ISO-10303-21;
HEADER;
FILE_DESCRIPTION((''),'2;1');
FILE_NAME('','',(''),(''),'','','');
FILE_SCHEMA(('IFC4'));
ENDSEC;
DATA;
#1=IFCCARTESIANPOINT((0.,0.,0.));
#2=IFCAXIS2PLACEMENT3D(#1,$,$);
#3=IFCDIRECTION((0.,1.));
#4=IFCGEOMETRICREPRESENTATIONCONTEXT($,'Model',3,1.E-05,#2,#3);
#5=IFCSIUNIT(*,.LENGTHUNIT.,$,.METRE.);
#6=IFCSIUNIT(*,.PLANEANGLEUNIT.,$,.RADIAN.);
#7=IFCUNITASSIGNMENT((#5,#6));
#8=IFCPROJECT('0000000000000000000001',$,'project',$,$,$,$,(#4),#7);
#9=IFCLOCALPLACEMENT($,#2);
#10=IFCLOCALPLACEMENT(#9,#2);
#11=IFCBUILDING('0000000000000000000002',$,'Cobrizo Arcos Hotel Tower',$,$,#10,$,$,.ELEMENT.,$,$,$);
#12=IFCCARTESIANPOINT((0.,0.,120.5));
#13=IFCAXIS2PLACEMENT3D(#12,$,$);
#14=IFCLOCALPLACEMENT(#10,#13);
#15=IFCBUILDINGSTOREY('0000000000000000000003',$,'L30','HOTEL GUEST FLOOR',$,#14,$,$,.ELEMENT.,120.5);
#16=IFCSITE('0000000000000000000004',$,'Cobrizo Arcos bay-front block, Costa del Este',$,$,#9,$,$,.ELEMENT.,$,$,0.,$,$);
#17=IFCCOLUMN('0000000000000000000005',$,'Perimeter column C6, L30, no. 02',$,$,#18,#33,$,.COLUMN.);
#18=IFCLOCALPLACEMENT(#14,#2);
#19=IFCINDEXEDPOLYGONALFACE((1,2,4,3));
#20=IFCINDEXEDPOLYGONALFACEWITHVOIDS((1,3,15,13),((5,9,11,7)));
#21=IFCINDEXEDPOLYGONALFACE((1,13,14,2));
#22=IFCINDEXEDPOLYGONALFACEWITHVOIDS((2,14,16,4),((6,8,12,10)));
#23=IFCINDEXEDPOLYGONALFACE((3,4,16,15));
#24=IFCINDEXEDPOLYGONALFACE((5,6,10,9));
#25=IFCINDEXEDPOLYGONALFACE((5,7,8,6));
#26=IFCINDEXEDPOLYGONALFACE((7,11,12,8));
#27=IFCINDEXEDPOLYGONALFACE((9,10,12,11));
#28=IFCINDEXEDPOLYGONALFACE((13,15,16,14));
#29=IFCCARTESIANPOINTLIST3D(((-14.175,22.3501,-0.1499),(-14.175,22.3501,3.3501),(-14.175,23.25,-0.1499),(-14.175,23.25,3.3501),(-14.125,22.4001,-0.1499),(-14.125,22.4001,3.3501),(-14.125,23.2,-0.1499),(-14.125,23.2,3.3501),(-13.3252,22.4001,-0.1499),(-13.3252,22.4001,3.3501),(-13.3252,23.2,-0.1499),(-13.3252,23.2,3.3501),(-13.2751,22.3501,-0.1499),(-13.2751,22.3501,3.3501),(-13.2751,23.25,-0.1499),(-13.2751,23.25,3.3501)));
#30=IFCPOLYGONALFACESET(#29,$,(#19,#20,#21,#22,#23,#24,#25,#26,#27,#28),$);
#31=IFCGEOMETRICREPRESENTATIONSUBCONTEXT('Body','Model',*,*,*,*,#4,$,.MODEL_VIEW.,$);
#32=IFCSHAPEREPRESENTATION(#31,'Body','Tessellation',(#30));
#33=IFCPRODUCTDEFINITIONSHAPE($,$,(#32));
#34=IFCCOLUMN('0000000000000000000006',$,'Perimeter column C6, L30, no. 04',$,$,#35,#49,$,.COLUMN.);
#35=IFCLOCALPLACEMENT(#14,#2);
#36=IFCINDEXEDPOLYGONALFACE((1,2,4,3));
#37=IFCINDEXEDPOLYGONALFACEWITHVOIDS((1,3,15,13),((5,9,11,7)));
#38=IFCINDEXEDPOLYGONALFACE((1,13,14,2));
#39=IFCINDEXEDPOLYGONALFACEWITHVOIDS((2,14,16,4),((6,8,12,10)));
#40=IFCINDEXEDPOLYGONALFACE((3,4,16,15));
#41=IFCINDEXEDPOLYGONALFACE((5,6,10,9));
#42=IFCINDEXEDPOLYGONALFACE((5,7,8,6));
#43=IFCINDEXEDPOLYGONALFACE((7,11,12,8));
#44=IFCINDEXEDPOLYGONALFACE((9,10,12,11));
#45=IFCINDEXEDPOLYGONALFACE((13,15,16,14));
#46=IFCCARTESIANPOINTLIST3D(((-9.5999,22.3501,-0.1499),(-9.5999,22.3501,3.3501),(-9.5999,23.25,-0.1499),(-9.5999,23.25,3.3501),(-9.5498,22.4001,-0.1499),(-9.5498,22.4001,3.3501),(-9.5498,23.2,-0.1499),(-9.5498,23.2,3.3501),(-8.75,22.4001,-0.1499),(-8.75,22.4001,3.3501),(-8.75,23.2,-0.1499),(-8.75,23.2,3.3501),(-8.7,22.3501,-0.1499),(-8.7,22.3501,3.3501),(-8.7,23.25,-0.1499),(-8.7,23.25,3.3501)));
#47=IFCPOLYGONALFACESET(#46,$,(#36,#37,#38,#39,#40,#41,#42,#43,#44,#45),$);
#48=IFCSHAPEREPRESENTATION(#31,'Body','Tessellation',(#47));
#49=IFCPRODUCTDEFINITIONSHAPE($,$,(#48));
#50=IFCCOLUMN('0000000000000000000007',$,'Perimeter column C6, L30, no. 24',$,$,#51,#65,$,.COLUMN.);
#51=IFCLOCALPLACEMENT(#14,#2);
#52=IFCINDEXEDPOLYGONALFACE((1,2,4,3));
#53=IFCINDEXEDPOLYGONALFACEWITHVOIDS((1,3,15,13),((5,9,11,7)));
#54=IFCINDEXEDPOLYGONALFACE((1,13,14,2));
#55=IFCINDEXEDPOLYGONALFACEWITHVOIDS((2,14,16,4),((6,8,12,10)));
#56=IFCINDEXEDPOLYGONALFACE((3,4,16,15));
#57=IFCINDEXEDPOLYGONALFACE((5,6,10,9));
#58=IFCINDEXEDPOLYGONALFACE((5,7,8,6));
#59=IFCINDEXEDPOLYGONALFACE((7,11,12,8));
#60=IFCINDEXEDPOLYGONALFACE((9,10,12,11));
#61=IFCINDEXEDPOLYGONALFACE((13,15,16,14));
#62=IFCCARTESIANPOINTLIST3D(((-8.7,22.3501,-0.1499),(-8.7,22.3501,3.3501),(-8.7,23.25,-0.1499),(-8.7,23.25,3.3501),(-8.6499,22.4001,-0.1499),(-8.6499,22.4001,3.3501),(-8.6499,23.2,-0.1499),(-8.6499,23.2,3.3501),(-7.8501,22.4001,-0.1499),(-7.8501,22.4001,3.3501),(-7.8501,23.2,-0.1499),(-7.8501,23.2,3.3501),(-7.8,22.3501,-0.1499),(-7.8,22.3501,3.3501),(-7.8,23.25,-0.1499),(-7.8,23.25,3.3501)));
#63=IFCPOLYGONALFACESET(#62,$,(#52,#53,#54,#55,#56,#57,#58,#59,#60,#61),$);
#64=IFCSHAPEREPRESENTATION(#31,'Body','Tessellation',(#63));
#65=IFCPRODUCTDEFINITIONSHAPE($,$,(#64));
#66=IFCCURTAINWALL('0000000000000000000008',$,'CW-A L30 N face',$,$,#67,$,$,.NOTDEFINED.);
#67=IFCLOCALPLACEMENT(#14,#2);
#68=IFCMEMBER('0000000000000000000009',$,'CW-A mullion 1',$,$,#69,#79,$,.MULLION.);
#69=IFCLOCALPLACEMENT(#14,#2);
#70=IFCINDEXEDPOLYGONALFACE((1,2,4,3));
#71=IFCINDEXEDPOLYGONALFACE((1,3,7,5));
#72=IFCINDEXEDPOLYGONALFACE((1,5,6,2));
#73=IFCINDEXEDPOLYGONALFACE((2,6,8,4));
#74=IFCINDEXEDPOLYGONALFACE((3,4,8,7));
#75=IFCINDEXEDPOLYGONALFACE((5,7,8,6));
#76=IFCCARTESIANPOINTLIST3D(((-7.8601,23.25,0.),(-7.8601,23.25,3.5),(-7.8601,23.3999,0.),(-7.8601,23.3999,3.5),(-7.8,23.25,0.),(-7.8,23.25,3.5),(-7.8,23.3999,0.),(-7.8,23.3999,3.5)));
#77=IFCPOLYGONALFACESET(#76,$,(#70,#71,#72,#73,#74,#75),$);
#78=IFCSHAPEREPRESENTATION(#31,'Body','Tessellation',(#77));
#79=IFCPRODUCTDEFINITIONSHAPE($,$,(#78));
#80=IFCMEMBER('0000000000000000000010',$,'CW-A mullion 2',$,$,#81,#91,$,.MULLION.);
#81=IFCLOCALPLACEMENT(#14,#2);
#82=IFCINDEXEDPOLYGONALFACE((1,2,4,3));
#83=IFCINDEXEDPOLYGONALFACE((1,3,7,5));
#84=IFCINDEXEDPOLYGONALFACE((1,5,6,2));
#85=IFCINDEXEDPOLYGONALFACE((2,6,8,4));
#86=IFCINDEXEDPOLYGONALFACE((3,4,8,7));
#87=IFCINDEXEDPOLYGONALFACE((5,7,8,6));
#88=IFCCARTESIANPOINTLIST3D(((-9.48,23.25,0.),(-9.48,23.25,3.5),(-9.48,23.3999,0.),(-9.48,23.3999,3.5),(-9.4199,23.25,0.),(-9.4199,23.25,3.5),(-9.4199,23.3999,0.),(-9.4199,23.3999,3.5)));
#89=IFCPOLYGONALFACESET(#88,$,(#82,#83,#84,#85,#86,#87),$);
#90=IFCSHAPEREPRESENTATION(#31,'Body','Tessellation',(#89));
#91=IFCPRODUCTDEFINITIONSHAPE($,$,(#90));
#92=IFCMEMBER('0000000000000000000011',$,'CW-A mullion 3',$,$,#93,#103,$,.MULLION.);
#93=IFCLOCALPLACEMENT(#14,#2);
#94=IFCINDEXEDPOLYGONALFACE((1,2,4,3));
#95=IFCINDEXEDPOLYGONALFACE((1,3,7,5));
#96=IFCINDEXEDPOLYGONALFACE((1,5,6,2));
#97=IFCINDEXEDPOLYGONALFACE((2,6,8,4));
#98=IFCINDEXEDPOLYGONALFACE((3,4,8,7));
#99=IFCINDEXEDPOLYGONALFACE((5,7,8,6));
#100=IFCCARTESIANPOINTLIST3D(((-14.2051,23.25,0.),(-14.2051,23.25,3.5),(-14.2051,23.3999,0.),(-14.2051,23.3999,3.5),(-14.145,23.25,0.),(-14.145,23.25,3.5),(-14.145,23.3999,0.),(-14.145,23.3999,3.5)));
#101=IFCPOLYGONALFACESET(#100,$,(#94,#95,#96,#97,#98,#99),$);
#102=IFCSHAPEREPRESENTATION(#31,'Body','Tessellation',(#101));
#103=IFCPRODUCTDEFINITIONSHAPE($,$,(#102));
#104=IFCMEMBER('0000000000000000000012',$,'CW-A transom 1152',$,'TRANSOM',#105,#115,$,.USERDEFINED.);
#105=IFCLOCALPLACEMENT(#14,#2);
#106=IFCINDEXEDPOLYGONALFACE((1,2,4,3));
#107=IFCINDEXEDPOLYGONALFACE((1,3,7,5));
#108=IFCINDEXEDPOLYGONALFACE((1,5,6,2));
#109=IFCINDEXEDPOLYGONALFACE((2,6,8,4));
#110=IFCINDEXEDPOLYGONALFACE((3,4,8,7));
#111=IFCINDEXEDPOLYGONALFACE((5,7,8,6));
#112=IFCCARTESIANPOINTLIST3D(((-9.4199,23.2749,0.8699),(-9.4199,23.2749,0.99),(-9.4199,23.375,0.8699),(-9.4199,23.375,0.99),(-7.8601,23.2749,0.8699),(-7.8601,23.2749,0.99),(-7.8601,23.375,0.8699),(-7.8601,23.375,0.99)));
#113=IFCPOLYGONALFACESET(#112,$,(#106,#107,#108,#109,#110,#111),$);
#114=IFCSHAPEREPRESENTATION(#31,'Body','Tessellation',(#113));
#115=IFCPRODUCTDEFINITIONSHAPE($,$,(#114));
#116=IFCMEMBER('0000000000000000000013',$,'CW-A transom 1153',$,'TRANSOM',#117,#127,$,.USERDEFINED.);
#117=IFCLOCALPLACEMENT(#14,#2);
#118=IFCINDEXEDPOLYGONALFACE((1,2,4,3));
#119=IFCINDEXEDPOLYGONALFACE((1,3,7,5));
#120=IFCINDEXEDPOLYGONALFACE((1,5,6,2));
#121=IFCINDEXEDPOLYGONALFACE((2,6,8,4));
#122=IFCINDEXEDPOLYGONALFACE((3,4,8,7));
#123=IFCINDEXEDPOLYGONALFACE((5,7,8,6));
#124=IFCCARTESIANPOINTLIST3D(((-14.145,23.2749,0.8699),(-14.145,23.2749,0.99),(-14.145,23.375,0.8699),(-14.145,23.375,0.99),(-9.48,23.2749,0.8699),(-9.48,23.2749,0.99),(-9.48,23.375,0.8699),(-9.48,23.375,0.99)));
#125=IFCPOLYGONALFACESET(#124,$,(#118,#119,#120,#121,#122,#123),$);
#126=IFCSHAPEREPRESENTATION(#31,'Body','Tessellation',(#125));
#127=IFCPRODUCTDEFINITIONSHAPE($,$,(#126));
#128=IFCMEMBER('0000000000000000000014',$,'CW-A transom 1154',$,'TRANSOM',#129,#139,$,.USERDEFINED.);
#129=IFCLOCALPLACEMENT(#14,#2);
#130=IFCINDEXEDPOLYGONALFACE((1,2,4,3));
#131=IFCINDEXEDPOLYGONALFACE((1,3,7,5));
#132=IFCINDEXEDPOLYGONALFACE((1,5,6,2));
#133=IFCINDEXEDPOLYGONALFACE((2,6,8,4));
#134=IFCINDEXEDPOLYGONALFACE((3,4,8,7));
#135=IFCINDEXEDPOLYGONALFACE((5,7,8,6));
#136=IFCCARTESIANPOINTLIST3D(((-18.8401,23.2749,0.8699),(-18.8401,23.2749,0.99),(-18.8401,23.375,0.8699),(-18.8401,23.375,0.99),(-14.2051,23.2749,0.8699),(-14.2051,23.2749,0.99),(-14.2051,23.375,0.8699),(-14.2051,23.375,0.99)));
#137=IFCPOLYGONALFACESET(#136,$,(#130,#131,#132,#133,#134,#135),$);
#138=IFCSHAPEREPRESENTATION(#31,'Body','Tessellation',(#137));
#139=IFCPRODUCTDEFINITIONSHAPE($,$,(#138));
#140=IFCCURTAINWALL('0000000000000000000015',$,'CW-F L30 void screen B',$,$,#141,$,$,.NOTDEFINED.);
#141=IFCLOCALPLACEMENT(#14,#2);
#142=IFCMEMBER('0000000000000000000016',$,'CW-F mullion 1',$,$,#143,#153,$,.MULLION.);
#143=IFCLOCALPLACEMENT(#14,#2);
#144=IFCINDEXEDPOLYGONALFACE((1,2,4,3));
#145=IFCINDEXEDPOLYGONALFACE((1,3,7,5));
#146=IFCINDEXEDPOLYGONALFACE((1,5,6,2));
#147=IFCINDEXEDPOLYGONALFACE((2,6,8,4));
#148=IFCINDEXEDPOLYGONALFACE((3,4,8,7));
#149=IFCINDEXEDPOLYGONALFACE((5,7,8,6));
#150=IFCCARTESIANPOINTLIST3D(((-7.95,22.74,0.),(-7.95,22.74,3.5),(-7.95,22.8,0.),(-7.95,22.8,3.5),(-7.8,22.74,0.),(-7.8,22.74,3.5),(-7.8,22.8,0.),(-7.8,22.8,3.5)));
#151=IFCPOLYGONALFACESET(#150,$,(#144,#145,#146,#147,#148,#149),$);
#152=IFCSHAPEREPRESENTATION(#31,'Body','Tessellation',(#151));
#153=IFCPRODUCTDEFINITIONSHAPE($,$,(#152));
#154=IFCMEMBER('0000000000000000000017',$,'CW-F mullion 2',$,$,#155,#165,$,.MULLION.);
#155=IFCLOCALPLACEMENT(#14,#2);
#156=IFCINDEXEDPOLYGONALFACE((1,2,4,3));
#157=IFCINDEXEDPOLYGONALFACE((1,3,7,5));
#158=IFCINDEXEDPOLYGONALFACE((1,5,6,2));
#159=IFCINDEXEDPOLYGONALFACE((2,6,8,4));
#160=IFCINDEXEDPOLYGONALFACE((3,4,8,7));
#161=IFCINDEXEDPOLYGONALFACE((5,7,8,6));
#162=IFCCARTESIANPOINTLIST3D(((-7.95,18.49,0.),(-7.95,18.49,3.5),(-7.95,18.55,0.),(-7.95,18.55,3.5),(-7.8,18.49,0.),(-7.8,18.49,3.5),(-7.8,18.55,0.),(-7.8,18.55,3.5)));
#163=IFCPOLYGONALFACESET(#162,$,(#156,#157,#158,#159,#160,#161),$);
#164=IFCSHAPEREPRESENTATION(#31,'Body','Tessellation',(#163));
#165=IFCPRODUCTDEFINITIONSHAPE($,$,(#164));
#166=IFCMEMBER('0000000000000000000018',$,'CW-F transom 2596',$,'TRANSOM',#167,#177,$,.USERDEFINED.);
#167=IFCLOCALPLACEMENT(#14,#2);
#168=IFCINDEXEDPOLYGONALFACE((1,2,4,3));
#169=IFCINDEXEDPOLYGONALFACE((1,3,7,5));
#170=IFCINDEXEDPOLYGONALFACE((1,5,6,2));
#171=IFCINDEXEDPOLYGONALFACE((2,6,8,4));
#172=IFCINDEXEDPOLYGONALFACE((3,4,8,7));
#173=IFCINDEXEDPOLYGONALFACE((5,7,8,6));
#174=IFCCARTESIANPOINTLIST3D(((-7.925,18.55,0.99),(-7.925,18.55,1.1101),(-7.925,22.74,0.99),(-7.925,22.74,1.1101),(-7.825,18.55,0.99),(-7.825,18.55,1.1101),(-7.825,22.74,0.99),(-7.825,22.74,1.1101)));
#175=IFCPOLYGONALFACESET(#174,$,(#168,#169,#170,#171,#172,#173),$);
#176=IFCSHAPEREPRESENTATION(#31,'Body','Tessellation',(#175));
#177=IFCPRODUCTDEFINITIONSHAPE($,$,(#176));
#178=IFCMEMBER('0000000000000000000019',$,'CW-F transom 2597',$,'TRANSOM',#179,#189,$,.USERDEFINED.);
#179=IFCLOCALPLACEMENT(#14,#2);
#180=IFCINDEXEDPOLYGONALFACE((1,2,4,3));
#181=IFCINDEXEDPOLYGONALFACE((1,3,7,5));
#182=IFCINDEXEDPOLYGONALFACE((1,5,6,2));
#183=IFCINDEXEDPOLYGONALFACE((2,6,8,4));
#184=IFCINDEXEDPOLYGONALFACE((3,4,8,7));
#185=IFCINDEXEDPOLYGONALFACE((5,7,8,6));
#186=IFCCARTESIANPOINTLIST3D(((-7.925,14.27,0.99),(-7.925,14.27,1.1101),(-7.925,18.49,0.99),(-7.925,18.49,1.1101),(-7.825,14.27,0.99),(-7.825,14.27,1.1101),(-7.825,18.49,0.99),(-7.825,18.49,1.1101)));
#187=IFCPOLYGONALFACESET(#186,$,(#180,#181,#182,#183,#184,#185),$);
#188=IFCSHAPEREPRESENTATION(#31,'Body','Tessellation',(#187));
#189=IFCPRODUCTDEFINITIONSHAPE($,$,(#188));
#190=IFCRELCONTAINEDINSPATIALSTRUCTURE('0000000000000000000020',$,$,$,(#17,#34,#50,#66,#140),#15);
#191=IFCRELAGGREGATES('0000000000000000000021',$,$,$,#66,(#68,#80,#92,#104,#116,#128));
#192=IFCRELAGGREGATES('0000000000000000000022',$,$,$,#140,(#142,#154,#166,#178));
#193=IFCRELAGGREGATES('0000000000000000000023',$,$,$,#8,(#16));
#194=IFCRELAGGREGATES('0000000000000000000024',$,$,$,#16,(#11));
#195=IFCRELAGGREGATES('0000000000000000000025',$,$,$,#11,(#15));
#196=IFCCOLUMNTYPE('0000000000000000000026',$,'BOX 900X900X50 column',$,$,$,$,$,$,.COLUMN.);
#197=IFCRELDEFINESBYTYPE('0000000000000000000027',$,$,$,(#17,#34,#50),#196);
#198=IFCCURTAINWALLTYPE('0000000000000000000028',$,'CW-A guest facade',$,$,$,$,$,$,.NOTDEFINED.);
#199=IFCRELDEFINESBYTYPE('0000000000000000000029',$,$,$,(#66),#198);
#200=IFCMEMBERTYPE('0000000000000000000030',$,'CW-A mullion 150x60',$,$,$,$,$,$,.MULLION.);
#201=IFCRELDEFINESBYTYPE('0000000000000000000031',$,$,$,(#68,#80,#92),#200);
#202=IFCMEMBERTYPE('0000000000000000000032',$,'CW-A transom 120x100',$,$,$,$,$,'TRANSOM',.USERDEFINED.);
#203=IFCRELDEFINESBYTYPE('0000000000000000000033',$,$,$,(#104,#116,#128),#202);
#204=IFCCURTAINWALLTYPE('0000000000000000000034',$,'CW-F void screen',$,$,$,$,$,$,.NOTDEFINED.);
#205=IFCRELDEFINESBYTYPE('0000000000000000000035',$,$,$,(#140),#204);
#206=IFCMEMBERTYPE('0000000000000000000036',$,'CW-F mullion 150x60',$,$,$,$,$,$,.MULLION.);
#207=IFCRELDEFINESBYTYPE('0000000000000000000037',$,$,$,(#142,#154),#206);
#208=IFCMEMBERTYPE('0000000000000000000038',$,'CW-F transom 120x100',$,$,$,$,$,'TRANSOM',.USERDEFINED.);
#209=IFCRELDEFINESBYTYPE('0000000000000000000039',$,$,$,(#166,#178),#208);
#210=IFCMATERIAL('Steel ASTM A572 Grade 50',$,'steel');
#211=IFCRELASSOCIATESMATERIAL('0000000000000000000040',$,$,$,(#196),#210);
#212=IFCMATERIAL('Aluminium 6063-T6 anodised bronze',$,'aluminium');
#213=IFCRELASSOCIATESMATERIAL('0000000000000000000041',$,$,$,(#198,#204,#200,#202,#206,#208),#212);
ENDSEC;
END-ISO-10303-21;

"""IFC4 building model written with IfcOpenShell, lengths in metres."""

from ifc_helpers import new_model, si_unit, direction, frame, origin, origin_2d, place, context, subcontext, project, spatial, rectangle, hollow_rectangle, extrude, material, material_profile, profile_set, type_object, element, aggregate, save


model = new_model("IFC4")

# Units and contexts
model_context = context("Model", 3, precision=1e-05, world=origin(), true_north=direction((0.0, 1.0)))
body_context = subcontext(model_context, "Body", "Model", "MODEL_VIEW")
ifc_project = project(units=[si_unit("LENGTHUNIT", "METRE"), si_unit("PLANEANGLEUNIT", "RADIAN")], contexts=[model_context])

# Site, building, storey
site_placement = place(None, origin())
site = spatial("IfcSite", under=ifc_project, at=site_placement, Name="Cobrizo Arcos bay-front block, Costa del Este", CompositionType="ELEMENT", RefElevation=0.0)
building_placement = place(site_placement, origin())
building = spatial("IfcBuilding", under=site, at=building_placement, Name="Cobrizo Arcos Hotel Tower", CompositionType="ELEMENT")
storey_placement = place(building_placement, frame((0.0, 0.0, 120.5)))
storey = spatial("IfcBuildingStorey", under=building, at=storey_placement, Name="L30", Description="HOTEL GUEST FLOOR", CompositionType="ELEMENT", Elevation=120.5)

# Columns
ifc_material_1 = material(Name="Steel ASTM A572 Grade 50", Category="steel")
ifc_material_profile_1 = material_profile(ifc_material_1, hollow_rectangle(XDim=0.8999, YDim=0.8999, WallThickness=0.05, at=origin_2d()), Name="BOX 900X900X50")
ifc_profile_set_1 = profile_set([ifc_material_profile_1], Name="Steel ASTM A572 Grade 50")
column_type = type_object("IfcColumnType", Name="BOX 900X900X50 column", PredefinedType="COLUMN", material=ifc_profile_set_1)
for number, where, z_axis, x_axis, name in (
    (1, (-13.7251, 22.8, -0.1499), (0.0, 0.0, 1.0), (1.0, 0.0, 0.0), "Perimeter column C6, L30, no. 02"),
    (2, (-9.1499, 22.8, -0.1499), (0.0, 0.0, 1.0), (1.0, 0.0, 0.0), "Perimeter column C6, L30, no. 04"),
    (3, (-8.25, 22.8, -0.1499), (0.0, 0.0, 1.0), (1.0, 0.0, 0.0), "Perimeter column C6, L30, no. 24"),
):
    element("IfcColumn", number, at=place(storey_placement, frame(where, z_axis=z_axis, x_axis=x_axis)), inside=storey, type_object=column_type, Name=name, PredefinedType="COLUMN", context=body_context, shape_type="SweptSolid", body=[
        extrude(hollow_rectangle(XDim=0.8999, YDim=0.8999, WallThickness=0.05, at=origin_2d()), origin(), (0.0, 0.0, 1.0), 3.5),
    ])

# Curtain walls, members
ifc_material_2 = material(Name="Aluminium 6063-T6 anodised bronze", Category="aluminium")
curtain_wall_type_1 = type_object("IfcCurtainWallType", Name="CW-A guest facade", PredefinedType="NOTDEFINED", material=ifc_material_2)
curtain_wall_1_placement = place(storey_placement, origin())
curtain_wall_1 = element("IfcCurtainWall", 4, at=curtain_wall_1_placement, inside=storey, type_object=curtain_wall_type_1, Name="CW-A L30 N face", PredefinedType="NOTDEFINED")
ifc_material_profile_2 = material_profile(ifc_material_2, rectangle(XDim=0.1499, YDim=0.0601, at=origin_2d()), Name="CW-A mullion 150x60")
ifc_profile_set_2 = profile_set([ifc_material_profile_2], Name="Aluminium 6063-T6 anodised bronze")
member_type_1 = type_object("IfcMemberType", Name="CW-A mullion 150x60", PredefinedType="MULLION", material=ifc_profile_set_2)
member_1_placement = place(storey_placement, frame((-7.8301, 23.325, 0.0), z_axis=(0.0, 0.0, 1.0), x_axis=(0.0, 1.0, 0.0)))
member_1 = element("IfcMember", 5, at=member_1_placement, type_object=member_type_1, Name="CW-A mullion 1", PredefinedType="MULLION", context=body_context, shape_type="SweptSolid", body=[
    extrude(rectangle(XDim=0.1499, YDim=0.0601, at=origin_2d()), origin(), (0.0, 0.0, 1.0), 3.5),
])
member_2_placement = place(storey_placement, frame((-9.45, 23.325, 0.0), z_axis=(0.0, 0.0, 1.0), x_axis=(0.0, 1.0, 0.0)))
member_2 = element("IfcMember", 6, at=member_2_placement, type_object=member_type_1, Name="CW-A mullion 2", PredefinedType="MULLION", context=body_context, shape_type="SweptSolid", body=[
    extrude(rectangle(XDim=0.1499, YDim=0.0601, at=origin_2d()), origin(), (0.0, 0.0, 1.0), 3.5),
])
member_3_placement = place(storey_placement, frame((-14.175, 23.325, 0.0), z_axis=(0.0, 0.0, 1.0), x_axis=(0.0, 1.0, 0.0)))
member_3 = element("IfcMember", 7, at=member_3_placement, type_object=member_type_1, Name="CW-A mullion 3", PredefinedType="MULLION", context=body_context, shape_type="SweptSolid", body=[
    extrude(rectangle(XDim=0.1499, YDim=0.0601, at=origin_2d()), origin(), (0.0, 0.0, 1.0), 3.5),
])
ifc_material_profile_3 = material_profile(ifc_material_2, rectangle(XDim=0.1001, YDim=0.1201, at=origin_2d()), Name="CW-A transom 120x100")
ifc_profile_set_3 = profile_set([ifc_material_profile_3], Name="Aluminium 6063-T6 anodised bronze")
member_type_2 = type_object("IfcMemberType", Name="CW-A transom 120x100", ElementType="TRANSOM", PredefinedType="USERDEFINED", material=ifc_profile_set_3)
member_4_placement = place(storey_placement, frame((-7.8601, 23.325, 0.9299), z_axis=(-1.0, 0.0, 0.0), x_axis=(0.0, -1.0, 0.0)))
member_4 = element("IfcMember", 8, at=member_4_placement, type_object=member_type_2, Name="CW-A transom 1152", ObjectType="TRANSOM", PredefinedType="USERDEFINED", context=body_context, shape_type="SweptSolid", body=[
    extrude(rectangle(XDim=0.1001, YDim=0.1201, at=origin_2d()), origin(), (0.0, 0.0, 1.0), 1.5598),
])
member_5_placement = place(storey_placement, frame((-9.48, 23.325, 0.9299), z_axis=(-1.0, 0.0, 0.0), x_axis=(0.0, -1.0, 0.0)))
member_5 = element("IfcMember", 9, at=member_5_placement, type_object=member_type_2, Name="CW-A transom 1153", ObjectType="TRANSOM", PredefinedType="USERDEFINED", context=body_context, shape_type="SweptSolid", body=[
    extrude(rectangle(XDim=0.1001, YDim=0.1201, at=origin_2d()), origin(), (0.0, 0.0, 1.0), 4.665),
])
member_6_placement = place(storey_placement, frame((-14.2051, 23.325, 0.9299), z_axis=(-1.0, 0.0, 0.0), x_axis=(0.0, -1.0, 0.0)))
member_6 = element("IfcMember", 10, at=member_6_placement, type_object=member_type_2, Name="CW-A transom 1154", ObjectType="TRANSOM", PredefinedType="USERDEFINED", context=body_context, shape_type="SweptSolid", body=[
    extrude(rectangle(XDim=0.1001, YDim=0.1201, at=origin_2d()), origin(), (0.0, 0.0, 1.0), 4.635),
])
curtain_wall_type_2 = type_object("IfcCurtainWallType", Name="CW-F void screen", PredefinedType="NOTDEFINED", material=ifc_material_2)
curtain_wall_2_placement = place(storey_placement, origin())
curtain_wall_2 = element("IfcCurtainWall", 11, at=curtain_wall_2_placement, inside=storey, type_object=curtain_wall_type_2, Name="CW-F L30 void screen B", PredefinedType="NOTDEFINED")
ifc_material_profile_4 = material_profile(ifc_material_2, rectangle(XDim=0.1499, YDim=0.0601, at=origin_2d()), Name="CW-F mullion 150x60")
ifc_profile_set_4 = profile_set([ifc_material_profile_4], Name="Aluminium 6063-T6 anodised bronze")
member_type_3 = type_object("IfcMemberType", Name="CW-F mullion 150x60", PredefinedType="MULLION", material=ifc_profile_set_4)
member_7_placement = place(storey_placement, frame((-7.875, 22.77, 0.0), z_axis=(0.0, 0.0, 1.0), x_axis=(-1.0, 0.0, 0.0)))
member_7 = element("IfcMember", 12, at=member_7_placement, type_object=member_type_3, Name="CW-F mullion 1", PredefinedType="MULLION", context=body_context, shape_type="SweptSolid", body=[
    extrude(rectangle(XDim=0.1499, YDim=0.0601, at=origin_2d()), origin(), (0.0, 0.0, 1.0), 3.5),
])
member_8_placement = place(storey_placement, frame((-7.875, 18.52, 0.0), z_axis=(0.0, 0.0, 1.0), x_axis=(-1.0, 0.0, 0.0)))
member_8 = element("IfcMember", 13, at=member_8_placement, type_object=member_type_3, Name="CW-F mullion 2", PredefinedType="MULLION", context=body_context, shape_type="SweptSolid", body=[
    extrude(rectangle(XDim=0.1499, YDim=0.0601, at=origin_2d()), origin(), (0.0, 0.0, 1.0), 3.5),
])
ifc_material_profile_5 = material_profile(ifc_material_2, rectangle(XDim=0.1001, YDim=0.1201, at=origin_2d()), Name="CW-F transom 120x100")
ifc_profile_set_5 = profile_set([ifc_material_profile_5], Name="Aluminium 6063-T6 anodised bronze")
member_type_4 = type_object("IfcMemberType", Name="CW-F transom 120x100", ElementType="TRANSOM", PredefinedType="USERDEFINED", material=ifc_profile_set_5)
member_9_placement = place(storey_placement, frame((-7.875, 22.74, 1.05), z_axis=(0.0, -1.0, 0.0), x_axis=(1.0, 0.0, 0.0)))
member_9 = element("IfcMember", 14, at=member_9_placement, type_object=member_type_4, Name="CW-F transom 2596", ObjectType="TRANSOM", PredefinedType="USERDEFINED", context=body_context, shape_type="SweptSolid", body=[
    extrude(rectangle(XDim=0.1001, YDim=0.1201, at=origin_2d()), origin(), (0.0, 0.0, 1.0), 4.1899),
])
member_10_placement = place(storey_placement, frame((-7.875, 18.49, 1.05), z_axis=(0.0, -1.0, 0.0), x_axis=(1.0, 0.0, 0.0)))
member_10 = element("IfcMember", 15, at=member_10_placement, type_object=member_type_4, Name="CW-F transom 2597", ObjectType="TRANSOM", PredefinedType="USERDEFINED", context=body_context, shape_type="SweptSolid", body=[
    extrude(rectangle(XDim=0.1001, YDim=0.1201, at=origin_2d()), origin(), (0.0, 0.0, 1.0), 4.22),
])

aggregate(curtain_wall_1, [member_1, member_2, member_3, member_4, member_5, member_6])
aggregate(curtain_wall_2, [member_7, member_8, member_9, member_10])

save(model, "model.ifc")
